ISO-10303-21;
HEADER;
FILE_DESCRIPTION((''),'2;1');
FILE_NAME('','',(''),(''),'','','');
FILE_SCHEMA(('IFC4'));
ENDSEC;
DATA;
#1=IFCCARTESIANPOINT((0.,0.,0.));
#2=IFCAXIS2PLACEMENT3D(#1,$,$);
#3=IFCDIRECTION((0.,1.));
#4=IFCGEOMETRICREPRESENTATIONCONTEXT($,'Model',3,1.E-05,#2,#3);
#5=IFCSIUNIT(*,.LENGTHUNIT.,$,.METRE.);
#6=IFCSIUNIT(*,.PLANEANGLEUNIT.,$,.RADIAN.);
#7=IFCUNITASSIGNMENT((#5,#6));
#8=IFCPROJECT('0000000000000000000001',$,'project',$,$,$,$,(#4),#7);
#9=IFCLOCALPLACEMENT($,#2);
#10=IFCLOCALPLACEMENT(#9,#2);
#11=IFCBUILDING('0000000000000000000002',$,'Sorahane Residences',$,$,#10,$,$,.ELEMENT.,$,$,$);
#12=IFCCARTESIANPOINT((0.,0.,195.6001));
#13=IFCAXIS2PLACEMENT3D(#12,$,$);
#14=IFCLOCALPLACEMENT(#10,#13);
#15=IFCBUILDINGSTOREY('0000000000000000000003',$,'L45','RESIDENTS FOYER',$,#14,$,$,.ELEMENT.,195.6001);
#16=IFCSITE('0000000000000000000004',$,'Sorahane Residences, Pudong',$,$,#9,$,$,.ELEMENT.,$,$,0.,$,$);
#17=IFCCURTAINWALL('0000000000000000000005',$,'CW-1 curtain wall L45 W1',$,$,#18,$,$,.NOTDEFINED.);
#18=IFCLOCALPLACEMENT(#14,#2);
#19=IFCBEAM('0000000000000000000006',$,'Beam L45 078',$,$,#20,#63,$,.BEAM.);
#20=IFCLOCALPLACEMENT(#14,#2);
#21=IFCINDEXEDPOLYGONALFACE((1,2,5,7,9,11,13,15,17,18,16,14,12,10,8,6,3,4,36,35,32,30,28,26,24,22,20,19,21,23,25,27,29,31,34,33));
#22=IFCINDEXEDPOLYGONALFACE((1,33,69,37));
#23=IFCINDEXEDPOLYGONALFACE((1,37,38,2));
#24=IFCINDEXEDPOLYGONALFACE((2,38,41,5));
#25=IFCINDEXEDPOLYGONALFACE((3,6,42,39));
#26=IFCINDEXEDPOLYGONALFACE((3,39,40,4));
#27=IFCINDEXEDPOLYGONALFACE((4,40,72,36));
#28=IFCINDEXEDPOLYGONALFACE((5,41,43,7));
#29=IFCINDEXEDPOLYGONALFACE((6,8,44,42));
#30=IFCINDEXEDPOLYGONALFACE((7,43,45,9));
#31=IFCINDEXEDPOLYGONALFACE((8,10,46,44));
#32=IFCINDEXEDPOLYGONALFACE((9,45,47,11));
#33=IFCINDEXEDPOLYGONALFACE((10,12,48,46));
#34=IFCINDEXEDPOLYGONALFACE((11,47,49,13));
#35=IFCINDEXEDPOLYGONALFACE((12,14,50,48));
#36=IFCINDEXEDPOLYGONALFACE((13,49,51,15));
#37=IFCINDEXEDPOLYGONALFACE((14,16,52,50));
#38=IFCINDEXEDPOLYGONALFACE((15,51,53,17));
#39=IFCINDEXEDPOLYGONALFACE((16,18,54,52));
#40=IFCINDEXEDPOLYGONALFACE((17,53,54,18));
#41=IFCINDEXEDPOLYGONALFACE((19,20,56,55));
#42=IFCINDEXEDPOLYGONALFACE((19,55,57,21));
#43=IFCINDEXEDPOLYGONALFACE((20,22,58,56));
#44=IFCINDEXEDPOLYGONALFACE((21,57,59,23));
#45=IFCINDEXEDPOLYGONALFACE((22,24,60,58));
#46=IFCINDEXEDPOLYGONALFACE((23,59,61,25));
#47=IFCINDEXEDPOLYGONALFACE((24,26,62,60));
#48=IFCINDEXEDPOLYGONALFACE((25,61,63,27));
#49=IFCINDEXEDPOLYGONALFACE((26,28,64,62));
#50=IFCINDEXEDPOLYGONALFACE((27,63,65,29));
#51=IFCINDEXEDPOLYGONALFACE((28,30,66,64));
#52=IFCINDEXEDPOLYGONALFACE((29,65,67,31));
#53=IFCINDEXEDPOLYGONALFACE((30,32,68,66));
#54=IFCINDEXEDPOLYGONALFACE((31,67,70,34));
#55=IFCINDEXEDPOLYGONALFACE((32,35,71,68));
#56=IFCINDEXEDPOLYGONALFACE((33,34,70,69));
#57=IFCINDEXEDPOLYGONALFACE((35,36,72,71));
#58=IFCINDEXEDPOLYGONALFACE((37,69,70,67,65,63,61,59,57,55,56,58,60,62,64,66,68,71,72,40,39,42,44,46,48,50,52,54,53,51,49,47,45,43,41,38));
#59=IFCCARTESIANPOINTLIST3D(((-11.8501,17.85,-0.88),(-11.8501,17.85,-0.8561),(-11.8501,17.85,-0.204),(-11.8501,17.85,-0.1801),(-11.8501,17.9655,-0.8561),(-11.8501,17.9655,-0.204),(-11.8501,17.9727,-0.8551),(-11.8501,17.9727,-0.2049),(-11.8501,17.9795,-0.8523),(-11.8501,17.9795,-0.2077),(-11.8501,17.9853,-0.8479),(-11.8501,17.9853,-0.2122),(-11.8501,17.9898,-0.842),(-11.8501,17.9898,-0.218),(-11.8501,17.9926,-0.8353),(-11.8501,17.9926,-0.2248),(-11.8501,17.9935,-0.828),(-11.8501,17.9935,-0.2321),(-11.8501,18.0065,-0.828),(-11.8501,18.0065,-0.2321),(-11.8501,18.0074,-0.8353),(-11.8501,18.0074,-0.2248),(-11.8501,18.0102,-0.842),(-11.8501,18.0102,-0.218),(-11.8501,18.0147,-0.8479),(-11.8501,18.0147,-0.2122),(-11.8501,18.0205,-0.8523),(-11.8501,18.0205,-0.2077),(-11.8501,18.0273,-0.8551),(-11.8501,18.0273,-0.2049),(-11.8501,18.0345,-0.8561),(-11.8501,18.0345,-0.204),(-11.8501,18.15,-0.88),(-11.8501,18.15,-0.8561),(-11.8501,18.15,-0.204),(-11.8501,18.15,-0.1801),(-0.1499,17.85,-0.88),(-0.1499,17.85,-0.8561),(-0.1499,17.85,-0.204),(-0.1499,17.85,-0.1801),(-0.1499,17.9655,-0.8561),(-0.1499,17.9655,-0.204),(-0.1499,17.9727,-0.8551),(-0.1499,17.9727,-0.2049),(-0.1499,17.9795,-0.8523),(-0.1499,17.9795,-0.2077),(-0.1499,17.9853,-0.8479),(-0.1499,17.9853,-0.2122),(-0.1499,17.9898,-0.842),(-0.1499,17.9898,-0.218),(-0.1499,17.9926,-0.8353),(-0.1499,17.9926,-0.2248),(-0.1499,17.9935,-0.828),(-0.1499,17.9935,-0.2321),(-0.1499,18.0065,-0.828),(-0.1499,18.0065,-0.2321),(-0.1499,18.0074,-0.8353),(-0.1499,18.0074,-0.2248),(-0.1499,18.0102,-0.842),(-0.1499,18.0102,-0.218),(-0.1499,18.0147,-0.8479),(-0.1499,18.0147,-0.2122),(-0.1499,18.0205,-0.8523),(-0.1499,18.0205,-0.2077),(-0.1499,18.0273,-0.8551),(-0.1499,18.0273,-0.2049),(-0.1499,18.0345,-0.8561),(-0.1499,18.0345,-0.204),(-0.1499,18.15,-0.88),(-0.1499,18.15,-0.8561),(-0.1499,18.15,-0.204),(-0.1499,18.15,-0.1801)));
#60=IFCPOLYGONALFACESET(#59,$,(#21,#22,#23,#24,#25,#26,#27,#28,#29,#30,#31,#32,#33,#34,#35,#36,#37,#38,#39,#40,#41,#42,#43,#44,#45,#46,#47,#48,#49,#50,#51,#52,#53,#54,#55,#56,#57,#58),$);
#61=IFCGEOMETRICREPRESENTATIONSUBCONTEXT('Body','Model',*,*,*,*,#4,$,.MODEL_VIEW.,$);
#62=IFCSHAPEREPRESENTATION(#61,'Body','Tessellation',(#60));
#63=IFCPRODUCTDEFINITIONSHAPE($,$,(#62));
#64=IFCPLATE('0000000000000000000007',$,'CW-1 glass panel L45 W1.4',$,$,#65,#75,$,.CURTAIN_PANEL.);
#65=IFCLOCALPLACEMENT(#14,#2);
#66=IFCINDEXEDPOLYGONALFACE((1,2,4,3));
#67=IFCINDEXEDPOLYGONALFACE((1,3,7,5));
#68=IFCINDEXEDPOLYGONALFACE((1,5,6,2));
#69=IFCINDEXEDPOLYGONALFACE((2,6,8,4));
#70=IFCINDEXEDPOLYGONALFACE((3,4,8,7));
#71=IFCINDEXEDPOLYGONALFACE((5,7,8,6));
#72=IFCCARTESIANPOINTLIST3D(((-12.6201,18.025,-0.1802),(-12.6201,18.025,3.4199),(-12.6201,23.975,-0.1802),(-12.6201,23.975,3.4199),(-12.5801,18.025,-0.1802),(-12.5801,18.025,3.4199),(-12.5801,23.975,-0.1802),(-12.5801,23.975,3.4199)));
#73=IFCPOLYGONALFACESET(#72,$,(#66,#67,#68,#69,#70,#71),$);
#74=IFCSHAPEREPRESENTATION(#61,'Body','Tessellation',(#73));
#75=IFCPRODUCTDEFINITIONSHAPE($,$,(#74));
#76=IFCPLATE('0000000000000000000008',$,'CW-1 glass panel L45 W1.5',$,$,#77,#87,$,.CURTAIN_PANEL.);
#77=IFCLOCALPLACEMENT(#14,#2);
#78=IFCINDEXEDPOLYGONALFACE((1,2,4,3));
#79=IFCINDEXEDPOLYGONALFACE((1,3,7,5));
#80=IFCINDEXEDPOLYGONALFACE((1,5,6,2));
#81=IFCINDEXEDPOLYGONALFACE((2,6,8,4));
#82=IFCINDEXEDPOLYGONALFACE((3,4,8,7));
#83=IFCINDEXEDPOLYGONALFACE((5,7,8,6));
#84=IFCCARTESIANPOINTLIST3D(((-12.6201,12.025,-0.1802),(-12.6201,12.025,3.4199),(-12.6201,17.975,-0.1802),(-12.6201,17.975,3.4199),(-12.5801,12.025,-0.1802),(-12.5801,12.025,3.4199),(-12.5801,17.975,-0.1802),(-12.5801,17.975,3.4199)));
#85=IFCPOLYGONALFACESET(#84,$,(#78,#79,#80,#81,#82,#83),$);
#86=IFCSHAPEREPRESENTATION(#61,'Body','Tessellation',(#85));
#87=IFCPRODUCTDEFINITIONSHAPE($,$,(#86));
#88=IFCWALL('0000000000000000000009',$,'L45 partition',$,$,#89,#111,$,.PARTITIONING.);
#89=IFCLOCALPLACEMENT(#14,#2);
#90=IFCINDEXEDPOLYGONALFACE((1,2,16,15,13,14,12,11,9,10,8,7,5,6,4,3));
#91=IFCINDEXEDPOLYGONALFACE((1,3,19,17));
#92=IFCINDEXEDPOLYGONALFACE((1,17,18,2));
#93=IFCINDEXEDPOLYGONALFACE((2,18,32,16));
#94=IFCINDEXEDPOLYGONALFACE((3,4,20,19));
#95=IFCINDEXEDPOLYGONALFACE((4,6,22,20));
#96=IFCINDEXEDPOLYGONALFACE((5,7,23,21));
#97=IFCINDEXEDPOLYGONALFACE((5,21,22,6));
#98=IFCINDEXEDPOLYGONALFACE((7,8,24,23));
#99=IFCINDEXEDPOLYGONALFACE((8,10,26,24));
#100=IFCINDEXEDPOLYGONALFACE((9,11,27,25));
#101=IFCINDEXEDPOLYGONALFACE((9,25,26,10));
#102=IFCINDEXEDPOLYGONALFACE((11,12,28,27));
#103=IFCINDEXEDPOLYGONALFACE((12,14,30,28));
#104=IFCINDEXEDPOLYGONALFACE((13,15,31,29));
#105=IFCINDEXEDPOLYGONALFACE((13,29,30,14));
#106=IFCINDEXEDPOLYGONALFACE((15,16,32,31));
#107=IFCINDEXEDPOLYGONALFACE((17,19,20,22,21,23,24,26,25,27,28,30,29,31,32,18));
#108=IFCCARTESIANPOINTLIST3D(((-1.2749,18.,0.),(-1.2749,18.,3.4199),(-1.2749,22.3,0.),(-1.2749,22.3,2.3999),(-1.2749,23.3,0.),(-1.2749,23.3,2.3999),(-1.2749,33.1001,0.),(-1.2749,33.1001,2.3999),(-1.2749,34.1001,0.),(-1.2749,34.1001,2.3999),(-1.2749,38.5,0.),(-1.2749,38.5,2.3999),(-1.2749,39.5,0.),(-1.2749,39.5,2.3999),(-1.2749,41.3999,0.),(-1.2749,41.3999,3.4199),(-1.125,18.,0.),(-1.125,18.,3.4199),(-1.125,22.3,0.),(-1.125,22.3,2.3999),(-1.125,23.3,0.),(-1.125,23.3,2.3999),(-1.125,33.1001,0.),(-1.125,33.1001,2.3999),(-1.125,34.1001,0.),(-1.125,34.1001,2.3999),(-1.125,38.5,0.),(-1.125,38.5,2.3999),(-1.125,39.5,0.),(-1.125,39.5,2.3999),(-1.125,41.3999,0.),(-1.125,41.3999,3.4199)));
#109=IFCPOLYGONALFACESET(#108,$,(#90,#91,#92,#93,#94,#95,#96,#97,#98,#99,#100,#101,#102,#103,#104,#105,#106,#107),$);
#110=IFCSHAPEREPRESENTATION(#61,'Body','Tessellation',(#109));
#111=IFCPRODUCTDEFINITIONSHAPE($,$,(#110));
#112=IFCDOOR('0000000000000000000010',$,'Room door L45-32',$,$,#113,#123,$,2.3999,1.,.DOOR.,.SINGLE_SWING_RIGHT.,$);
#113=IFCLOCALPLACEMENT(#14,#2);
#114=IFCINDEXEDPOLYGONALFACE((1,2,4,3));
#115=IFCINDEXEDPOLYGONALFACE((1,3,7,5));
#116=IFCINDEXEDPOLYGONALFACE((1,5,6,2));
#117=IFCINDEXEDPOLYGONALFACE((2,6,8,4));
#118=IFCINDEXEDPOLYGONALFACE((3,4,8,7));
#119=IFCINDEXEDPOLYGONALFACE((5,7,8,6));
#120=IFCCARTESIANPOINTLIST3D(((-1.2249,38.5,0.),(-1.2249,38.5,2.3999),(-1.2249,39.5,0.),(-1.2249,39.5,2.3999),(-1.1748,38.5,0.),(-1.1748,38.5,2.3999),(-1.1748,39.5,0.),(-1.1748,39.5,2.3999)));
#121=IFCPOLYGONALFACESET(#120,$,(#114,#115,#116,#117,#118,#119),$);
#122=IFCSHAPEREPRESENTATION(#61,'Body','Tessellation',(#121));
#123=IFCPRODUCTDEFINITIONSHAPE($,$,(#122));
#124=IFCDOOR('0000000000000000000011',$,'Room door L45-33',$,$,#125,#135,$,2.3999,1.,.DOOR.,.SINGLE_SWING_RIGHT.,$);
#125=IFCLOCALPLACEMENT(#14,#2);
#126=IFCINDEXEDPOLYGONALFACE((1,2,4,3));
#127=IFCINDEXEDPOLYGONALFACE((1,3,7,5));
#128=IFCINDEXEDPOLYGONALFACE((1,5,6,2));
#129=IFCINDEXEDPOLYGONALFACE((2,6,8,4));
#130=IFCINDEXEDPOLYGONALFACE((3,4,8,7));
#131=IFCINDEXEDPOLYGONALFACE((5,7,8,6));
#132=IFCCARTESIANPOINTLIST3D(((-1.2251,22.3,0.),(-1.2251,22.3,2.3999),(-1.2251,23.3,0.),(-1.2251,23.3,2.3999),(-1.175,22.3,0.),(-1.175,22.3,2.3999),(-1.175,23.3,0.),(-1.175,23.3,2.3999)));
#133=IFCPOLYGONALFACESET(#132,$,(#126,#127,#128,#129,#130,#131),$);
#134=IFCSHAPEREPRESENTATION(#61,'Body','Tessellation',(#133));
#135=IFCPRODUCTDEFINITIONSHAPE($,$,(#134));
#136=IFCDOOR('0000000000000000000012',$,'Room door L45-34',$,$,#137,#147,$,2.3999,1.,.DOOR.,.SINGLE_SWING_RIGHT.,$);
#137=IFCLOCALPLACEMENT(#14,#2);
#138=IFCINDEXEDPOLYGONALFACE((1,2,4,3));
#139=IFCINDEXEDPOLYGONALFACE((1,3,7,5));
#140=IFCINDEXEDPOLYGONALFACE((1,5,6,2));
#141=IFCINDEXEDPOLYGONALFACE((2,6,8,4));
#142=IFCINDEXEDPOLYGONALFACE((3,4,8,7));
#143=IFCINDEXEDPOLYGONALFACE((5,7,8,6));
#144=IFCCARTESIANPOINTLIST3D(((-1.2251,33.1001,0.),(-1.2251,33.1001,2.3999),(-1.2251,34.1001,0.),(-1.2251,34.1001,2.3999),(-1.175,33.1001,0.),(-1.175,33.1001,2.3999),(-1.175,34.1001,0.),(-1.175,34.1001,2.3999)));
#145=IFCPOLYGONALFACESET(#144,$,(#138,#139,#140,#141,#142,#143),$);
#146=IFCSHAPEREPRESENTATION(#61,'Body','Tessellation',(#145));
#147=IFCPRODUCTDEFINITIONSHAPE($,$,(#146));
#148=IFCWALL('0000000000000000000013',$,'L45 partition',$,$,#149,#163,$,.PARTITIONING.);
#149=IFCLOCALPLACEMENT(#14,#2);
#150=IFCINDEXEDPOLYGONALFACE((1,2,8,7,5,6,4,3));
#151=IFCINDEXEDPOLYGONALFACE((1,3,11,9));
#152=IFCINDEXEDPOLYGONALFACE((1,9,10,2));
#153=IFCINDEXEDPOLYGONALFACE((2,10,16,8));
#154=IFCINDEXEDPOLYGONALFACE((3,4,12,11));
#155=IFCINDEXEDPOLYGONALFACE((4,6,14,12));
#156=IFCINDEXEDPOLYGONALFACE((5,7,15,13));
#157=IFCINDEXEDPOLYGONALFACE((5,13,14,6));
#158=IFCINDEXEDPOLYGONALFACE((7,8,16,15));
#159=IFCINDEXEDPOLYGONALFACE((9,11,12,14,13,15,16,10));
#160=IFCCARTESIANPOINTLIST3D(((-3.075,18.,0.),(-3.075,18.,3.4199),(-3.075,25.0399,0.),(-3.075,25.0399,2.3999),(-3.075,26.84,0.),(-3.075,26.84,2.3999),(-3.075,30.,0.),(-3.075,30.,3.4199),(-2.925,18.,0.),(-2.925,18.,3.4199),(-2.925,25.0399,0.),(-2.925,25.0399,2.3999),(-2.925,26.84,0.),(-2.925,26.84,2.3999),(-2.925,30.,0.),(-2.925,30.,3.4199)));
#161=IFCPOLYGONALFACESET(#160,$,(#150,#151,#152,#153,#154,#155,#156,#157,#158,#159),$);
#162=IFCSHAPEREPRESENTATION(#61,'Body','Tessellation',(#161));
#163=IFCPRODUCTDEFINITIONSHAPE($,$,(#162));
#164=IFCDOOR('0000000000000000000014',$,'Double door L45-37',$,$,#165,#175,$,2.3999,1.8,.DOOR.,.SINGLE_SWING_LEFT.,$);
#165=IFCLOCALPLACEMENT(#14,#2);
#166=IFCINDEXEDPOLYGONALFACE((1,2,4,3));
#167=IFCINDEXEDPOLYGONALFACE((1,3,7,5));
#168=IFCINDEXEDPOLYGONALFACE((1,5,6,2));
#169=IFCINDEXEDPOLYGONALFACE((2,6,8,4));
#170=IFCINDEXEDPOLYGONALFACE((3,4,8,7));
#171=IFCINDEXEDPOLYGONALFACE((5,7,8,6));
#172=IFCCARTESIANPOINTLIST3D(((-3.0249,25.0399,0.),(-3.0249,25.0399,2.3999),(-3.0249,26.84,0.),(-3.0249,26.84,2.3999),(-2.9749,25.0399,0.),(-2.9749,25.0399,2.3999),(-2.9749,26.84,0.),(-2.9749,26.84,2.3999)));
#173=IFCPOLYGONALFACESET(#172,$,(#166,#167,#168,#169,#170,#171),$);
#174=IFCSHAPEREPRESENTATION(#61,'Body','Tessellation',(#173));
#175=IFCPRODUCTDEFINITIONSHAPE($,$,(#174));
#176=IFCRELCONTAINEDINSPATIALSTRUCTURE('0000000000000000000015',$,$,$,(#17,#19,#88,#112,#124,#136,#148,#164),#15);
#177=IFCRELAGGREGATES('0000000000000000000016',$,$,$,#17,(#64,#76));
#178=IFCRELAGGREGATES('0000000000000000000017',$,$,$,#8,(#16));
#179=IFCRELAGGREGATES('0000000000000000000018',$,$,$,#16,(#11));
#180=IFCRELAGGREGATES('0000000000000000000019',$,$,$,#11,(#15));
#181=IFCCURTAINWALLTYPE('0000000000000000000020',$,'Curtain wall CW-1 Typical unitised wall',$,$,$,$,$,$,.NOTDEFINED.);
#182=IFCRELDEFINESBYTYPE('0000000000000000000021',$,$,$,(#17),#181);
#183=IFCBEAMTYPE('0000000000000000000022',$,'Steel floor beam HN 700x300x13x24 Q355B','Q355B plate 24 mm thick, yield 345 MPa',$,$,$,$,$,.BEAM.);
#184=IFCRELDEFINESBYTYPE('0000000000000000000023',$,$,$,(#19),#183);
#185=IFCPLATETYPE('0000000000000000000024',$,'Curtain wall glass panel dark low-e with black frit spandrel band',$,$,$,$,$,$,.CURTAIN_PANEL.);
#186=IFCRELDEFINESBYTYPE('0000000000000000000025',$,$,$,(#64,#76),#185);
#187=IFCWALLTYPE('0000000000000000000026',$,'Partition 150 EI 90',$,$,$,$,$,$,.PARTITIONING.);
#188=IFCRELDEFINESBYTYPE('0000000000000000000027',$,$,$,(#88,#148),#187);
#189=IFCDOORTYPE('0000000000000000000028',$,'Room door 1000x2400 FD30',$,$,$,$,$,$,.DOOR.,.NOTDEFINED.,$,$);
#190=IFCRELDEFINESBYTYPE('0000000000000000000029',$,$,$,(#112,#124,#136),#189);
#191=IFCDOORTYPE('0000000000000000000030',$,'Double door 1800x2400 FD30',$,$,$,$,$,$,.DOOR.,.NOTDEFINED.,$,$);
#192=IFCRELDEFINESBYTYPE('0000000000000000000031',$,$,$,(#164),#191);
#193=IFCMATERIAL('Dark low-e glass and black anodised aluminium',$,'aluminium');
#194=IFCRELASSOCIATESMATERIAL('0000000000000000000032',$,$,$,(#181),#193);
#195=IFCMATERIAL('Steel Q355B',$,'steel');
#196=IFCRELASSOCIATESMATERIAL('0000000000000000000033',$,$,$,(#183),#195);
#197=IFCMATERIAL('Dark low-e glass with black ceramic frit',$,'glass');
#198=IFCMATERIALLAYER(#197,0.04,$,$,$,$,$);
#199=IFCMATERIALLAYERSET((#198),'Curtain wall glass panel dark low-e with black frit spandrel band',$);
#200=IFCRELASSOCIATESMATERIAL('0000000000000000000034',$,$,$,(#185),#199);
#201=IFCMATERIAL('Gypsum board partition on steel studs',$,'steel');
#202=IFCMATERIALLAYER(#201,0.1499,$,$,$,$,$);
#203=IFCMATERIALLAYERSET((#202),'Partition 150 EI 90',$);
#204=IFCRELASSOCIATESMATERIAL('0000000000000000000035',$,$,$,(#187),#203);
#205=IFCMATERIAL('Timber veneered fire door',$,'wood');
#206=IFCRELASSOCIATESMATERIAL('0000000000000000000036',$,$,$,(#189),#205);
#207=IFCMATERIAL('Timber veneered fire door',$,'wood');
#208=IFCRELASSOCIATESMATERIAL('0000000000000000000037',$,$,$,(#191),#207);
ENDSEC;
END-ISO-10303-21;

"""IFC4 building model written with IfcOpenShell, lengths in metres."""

from ifc_helpers import new_model, si_unit, direction, frame, frame_2d, origin, origin_2d, place, context, subcontext, project, spatial, rectangle, i_section, extrude, material, layer, layer_set, material_profile, profile_set, type_object, element, fill, aggregate, save


model = new_model("IFC4")

# Units and contexts
model_context = context("Model", 3, precision=1e-05, world=origin(), true_north=direction((0.0, 1.0)))
body_context = subcontext(model_context, "Body", "Model", "MODEL_VIEW")
ifc_project = project(units=[si_unit("LENGTHUNIT", "METRE"), si_unit("PLANEANGLEUNIT", "RADIAN")], contexts=[model_context])

# Site, building, storey
site_placement = place(None, origin())
site = spatial("IfcSite", under=ifc_project, at=site_placement, Name="Sorahane Residences, Pudong", CompositionType="ELEMENT", RefElevation=0.0)
building_placement = place(site_placement, origin())
building = spatial("IfcBuilding", under=site, at=building_placement, Name="Sorahane Residences", CompositionType="ELEMENT")
storey_placement = place(building_placement, frame((0.0, 0.0, 195.6001)))
storey = spatial("IfcBuildingStorey", under=building, at=storey_placement, Name="L45", Description="RESIDENTS FOYER", CompositionType="ELEMENT", Elevation=195.6001)

# Curtain wall
ifc_material_1 = material(Name="Dark low-e glass and black anodised aluminium", Category="aluminium")
curtain_wall_type = type_object("IfcCurtainWallType", Name="Curtain wall CW-1 Typical unitised wall", PredefinedType="NOTDEFINED", material=ifc_material_1)
curtain_wall_placement = place(storey_placement, origin())
curtain_wall = element("IfcCurtainWall", 1, at=curtain_wall_placement, inside=storey, type_object=curtain_wall_type, Name="CW-1 curtain wall L45 W1", PredefinedType="NOTDEFINED")

# Beam
ifc_material_2 = material(Name="Steel Q355B", Category="steel")
ifc_material_profile_1 = material_profile(ifc_material_2, i_section(OverallWidth=0.3, OverallDepth=0.7, WebThickness=0.0129, FlangeThickness=0.0239, FilletRadius=0.0281, at=origin_2d()), Name="HN 700x300x13x24")
ifc_profile_set_1 = profile_set([ifc_material_profile_1], Name="Steel Q355B")
beam_type = type_object("IfcBeamType", Name="Steel floor beam HN 700x300x13x24 Q355B", Description="Q355B plate 24 mm thick, yield 345 MPa", PredefinedType="BEAM", material=ifc_profile_set_1)
beam_1_placement = place(storey_placement, frame((-11.8501, 18.0, -0.53), z_axis=(1.0, 0.0, 0.0), x_axis=(0.0, 1.0, 0.0)))
element("IfcBeam", 2, at=beam_1_placement, inside=storey, type_object=beam_type, Name="Beam L45 078", PredefinedType="BEAM", context=body_context, shape_type="SweptSolid", body=[
    extrude(i_section(OverallWidth=0.3, OverallDepth=0.7, WebThickness=0.0129, FlangeThickness=0.0239, FilletRadius=0.0281, at=origin_2d()), origin(), (0.0, 0.0, 1.0), 11.7002),
])

# Plates
ifc_material_3 = material(Name="Dark low-e glass with black ceramic frit", Category="glass")
ifc_layer_1 = layer(ifc_material_3, 0.04)
ifc_layer_set_1 = layer_set([ifc_layer_1], Name="Curtain wall glass panel dark low-e with black frit spandrel band")
plate_type = type_object("IfcPlateType", Name="Curtain wall glass panel dark low-e with black frit spandrel band", PredefinedType="CURTAIN_PANEL", material=ifc_layer_set_1)
plate_1_placement = place(storey_placement, frame((-12.6001, 21.0, -0.1802), z_axis=(0.0, 0.0, 1.0), x_axis=(0.0, -1.0, 0.0)))
plate_1 = element("IfcPlate", 3, at=plate_1_placement, type_object=plate_type, Name="CW-1 glass panel L45 W1.4", PredefinedType="CURTAIN_PANEL", context=body_context, shape_type="SweptSolid", body=[
    extrude(rectangle(XDim=5.95, YDim=0.04, at=origin_2d()), origin(), (0.0, 0.0, 1.0), 3.6001),
])
plate_2_placement = place(storey_placement, frame((-12.6001, 15.0, -0.1802), z_axis=(0.0, 0.0, 1.0), x_axis=(0.0, -1.0, 0.0)))
plate_2 = element("IfcPlate", 4, at=plate_2_placement, type_object=plate_type, Name="CW-1 glass panel L45 W1.5", PredefinedType="CURTAIN_PANEL", context=body_context, shape_type="SweptSolid", body=[
    extrude(rectangle(XDim=5.95, YDim=0.04, at=origin_2d()), origin(), (0.0, 0.0, 1.0), 3.6001),
])
aggregate(curtain_wall, [plate_1, plate_2])

# Wall, openings, doors
ifc_material_4 = material(Name="Gypsum board partition on steel studs", Category="steel")
ifc_layer_2 = layer(ifc_material_4, 0.1499)
ifc_layer_set_2 = layer_set([ifc_layer_2], Name="Partition 150 EI 90")
wall_type_1 = type_object("IfcWallType", Name="Partition 150 EI 90", PredefinedType="PARTITIONING", material=ifc_layer_set_2)
wall_1_placement = place(storey_placement, frame((-1.2, 18.0, 0.0), z_axis=(0.0, 0.0, 1.0), x_axis=(0.0, 1.0, 0.0)))
wall_1 = element("IfcWall", 5, at=wall_1_placement, inside=storey, type_object=wall_type_1, Name="L45 partition", PredefinedType="PARTITIONING", context=body_context, shape_type="SweptSolid", body=[
    extrude(rectangle(XDim=23.3999, YDim=0.1499, at=frame_2d((11.7, 0.0))), origin(), (0.0, 0.0, 1.0), 3.4199),
])
opening_1_placement = place(wall_1_placement, frame((20.5, 0.0, 0.0)))
opening_1 = element("IfcOpeningElement", 6, at=opening_1_placement, cuts=wall_1, PredefinedType="OPENING", context=body_context, shape_type="SweptSolid", body=[
    extrude(rectangle(XDim=1.0, YDim=2.3999, at=frame_2d((0.5, 1.2))), frame((0.0, 0.085, 0.0), z_axis=(0.0, -1.0, 0.0), x_axis=(1.0, 0.0, 0.0)), (0.0, 0.0, 1.0), 0.1699),
])
opening_2_placement = place(wall_1_placement, frame((4.3, 0.0, 0.0)))
opening_2 = element("IfcOpeningElement", 7, at=opening_2_placement, cuts=wall_1, PredefinedType="OPENING", context=body_context, shape_type="SweptSolid", body=[
    extrude(rectangle(XDim=1.0, YDim=2.3999, at=frame_2d((0.5, 1.2))), frame((0.0, 0.085, 0.0), z_axis=(0.0, -1.0, 0.0), x_axis=(1.0, 0.0, 0.0)), (0.0, 0.0, 1.0), 0.1699),
])
opening_3_placement = place(wall_1_placement, frame((15.1001, 0.0, 0.0)))
opening_3 = element("IfcOpeningElement", 8, at=opening_3_placement, cuts=wall_1, PredefinedType="OPENING", context=body_context, shape_type="SweptSolid", body=[
    extrude(rectangle(XDim=1.0, YDim=2.3999, at=frame_2d((0.5, 1.2))), frame((0.0, 0.085, 0.0), z_axis=(0.0, -1.0, 0.0), x_axis=(1.0, 0.0, 0.0)), (0.0, 0.0, 1.0), 0.1699),
])
ifc_material_5 = material(Name="Timber veneered fire door", Category="wood")
door_type_1 = type_object("IfcDoorType", Name="Room door 1000x2400 FD30", OperationType="NOTDEFINED", PredefinedType="DOOR", material=ifc_material_5)
door_1_placement = place(opening_1_placement, origin())
door_1 = element("IfcDoor", 9, at=door_1_placement, inside=storey, type_object=door_type_1, Name="Room door L45-32", OperationType="SINGLE_SWING_RIGHT", OverallHeight=2.3999, OverallWidth=1.0, PredefinedType="DOOR", context=body_context, shape_type="SweptSolid", body=[
    extrude(rectangle(XDim=1.0, YDim=2.3999, at=frame_2d((0.5, 1.2))), frame((0.0, 0.0249, 0.0), z_axis=(0.0, -1.0, 0.0), x_axis=(1.0, 0.0, 0.0)), (0.0, 0.0, 1.0), 0.05),
])
fill(opening_1, door_1)
door_2_placement = place(opening_2_placement, frame((1.0, 0.0, 0.0), z_axis=(0.0, 0.0, 1.0), x_axis=(-1.0, 0.0, 0.0)))
door_2 = element("IfcDoor", 10, at=door_2_placement, inside=storey, type_object=door_type_1, Name="Room door L45-33", OperationType="SINGLE_SWING_RIGHT", OverallHeight=2.3999, OverallWidth=1.0, PredefinedType="DOOR", context=body_context, shape_type="SweptSolid", body=[
    extrude(rectangle(XDim=1.0, YDim=2.3999, at=frame_2d((0.5, 1.2))), frame((0.0, 0.0249, 0.0), z_axis=(0.0, -1.0, 0.0), x_axis=(1.0, 0.0, 0.0)), (0.0, 0.0, 1.0), 0.05),
])
fill(opening_2, door_2)
door_3_placement = place(opening_3_placement, frame((1.0, 0.0, 0.0), z_axis=(0.0, 0.0, 1.0), x_axis=(-1.0, 0.0, 0.0)))
door_3 = element("IfcDoor", 11, at=door_3_placement, inside=storey, type_object=door_type_1, Name="Room door L45-34", OperationType="SINGLE_SWING_RIGHT", OverallHeight=2.3999, OverallWidth=1.0, PredefinedType="DOOR", context=body_context, shape_type="SweptSolid", body=[
    extrude(rectangle(XDim=1.0, YDim=2.3999, at=frame_2d((0.5, 1.2))), frame((0.0, 0.0249, 0.0), z_axis=(0.0, -1.0, 0.0), x_axis=(1.0, 0.0, 0.0)), (0.0, 0.0, 1.0), 0.05),
])
fill(opening_3, door_3)

# Wall, opening, door
wall_2_placement = place(storey_placement, frame((-3.0, 18.0, 0.0), z_axis=(0.0, 0.0, 1.0), x_axis=(0.0, 1.0, 0.0)))
wall_2 = element("IfcWall", 12, at=wall_2_placement, inside=storey, type_object=wall_type_1, Name="L45 partition", PredefinedType="PARTITIONING", context=body_context, shape_type="SweptSolid", body=[
    extrude(rectangle(XDim=12.0, YDim=0.1499, at=frame_2d((6.0, 0.0))), origin(), (0.0, 0.0, 1.0), 3.4199),
])
opening_4_placement = place(wall_2_placement, frame((7.04, 0.0, 0.0)))
opening_4 = element("IfcOpeningElement", 13, at=opening_4_placement, cuts=wall_2, PredefinedType="OPENING", context=body_context, shape_type="SweptSolid", body=[
    extrude(rectangle(XDim=1.8, YDim=2.3999, at=frame_2d((0.8999, 1.2))), frame((0.0, 0.085, 0.0), z_axis=(0.0, -1.0, 0.0), x_axis=(1.0, 0.0, 0.0)), (0.0, 0.0, 1.0), 0.1699),
])
ifc_material_6 = material(Name="Timber veneered fire door", Category="wood")
door_type_2 = type_object("IfcDoorType", Name="Double door 1800x2400 FD30", OperationType="NOTDEFINED", PredefinedType="DOOR", material=ifc_material_6)
door_4_placement = place(opening_4_placement, origin())
door_4 = element("IfcDoor", 14, at=door_4_placement, inside=storey, type_object=door_type_2, Name="Double door L45-37", OperationType="SINGLE_SWING_LEFT", OverallHeight=2.3999, OverallWidth=1.8, PredefinedType="DOOR", context=body_context, shape_type="SweptSolid", body=[
    extrude(rectangle(XDim=1.8, YDim=2.3999, at=frame_2d((0.8999, 1.2))), frame((0.0, 0.0249, 0.0), z_axis=(0.0, -1.0, 0.0), x_axis=(1.0, 0.0, 0.0)), (0.0, 0.0, 1.0), 0.05),
])
fill(opening_4, door_4)

save(model, "model.ifc")
